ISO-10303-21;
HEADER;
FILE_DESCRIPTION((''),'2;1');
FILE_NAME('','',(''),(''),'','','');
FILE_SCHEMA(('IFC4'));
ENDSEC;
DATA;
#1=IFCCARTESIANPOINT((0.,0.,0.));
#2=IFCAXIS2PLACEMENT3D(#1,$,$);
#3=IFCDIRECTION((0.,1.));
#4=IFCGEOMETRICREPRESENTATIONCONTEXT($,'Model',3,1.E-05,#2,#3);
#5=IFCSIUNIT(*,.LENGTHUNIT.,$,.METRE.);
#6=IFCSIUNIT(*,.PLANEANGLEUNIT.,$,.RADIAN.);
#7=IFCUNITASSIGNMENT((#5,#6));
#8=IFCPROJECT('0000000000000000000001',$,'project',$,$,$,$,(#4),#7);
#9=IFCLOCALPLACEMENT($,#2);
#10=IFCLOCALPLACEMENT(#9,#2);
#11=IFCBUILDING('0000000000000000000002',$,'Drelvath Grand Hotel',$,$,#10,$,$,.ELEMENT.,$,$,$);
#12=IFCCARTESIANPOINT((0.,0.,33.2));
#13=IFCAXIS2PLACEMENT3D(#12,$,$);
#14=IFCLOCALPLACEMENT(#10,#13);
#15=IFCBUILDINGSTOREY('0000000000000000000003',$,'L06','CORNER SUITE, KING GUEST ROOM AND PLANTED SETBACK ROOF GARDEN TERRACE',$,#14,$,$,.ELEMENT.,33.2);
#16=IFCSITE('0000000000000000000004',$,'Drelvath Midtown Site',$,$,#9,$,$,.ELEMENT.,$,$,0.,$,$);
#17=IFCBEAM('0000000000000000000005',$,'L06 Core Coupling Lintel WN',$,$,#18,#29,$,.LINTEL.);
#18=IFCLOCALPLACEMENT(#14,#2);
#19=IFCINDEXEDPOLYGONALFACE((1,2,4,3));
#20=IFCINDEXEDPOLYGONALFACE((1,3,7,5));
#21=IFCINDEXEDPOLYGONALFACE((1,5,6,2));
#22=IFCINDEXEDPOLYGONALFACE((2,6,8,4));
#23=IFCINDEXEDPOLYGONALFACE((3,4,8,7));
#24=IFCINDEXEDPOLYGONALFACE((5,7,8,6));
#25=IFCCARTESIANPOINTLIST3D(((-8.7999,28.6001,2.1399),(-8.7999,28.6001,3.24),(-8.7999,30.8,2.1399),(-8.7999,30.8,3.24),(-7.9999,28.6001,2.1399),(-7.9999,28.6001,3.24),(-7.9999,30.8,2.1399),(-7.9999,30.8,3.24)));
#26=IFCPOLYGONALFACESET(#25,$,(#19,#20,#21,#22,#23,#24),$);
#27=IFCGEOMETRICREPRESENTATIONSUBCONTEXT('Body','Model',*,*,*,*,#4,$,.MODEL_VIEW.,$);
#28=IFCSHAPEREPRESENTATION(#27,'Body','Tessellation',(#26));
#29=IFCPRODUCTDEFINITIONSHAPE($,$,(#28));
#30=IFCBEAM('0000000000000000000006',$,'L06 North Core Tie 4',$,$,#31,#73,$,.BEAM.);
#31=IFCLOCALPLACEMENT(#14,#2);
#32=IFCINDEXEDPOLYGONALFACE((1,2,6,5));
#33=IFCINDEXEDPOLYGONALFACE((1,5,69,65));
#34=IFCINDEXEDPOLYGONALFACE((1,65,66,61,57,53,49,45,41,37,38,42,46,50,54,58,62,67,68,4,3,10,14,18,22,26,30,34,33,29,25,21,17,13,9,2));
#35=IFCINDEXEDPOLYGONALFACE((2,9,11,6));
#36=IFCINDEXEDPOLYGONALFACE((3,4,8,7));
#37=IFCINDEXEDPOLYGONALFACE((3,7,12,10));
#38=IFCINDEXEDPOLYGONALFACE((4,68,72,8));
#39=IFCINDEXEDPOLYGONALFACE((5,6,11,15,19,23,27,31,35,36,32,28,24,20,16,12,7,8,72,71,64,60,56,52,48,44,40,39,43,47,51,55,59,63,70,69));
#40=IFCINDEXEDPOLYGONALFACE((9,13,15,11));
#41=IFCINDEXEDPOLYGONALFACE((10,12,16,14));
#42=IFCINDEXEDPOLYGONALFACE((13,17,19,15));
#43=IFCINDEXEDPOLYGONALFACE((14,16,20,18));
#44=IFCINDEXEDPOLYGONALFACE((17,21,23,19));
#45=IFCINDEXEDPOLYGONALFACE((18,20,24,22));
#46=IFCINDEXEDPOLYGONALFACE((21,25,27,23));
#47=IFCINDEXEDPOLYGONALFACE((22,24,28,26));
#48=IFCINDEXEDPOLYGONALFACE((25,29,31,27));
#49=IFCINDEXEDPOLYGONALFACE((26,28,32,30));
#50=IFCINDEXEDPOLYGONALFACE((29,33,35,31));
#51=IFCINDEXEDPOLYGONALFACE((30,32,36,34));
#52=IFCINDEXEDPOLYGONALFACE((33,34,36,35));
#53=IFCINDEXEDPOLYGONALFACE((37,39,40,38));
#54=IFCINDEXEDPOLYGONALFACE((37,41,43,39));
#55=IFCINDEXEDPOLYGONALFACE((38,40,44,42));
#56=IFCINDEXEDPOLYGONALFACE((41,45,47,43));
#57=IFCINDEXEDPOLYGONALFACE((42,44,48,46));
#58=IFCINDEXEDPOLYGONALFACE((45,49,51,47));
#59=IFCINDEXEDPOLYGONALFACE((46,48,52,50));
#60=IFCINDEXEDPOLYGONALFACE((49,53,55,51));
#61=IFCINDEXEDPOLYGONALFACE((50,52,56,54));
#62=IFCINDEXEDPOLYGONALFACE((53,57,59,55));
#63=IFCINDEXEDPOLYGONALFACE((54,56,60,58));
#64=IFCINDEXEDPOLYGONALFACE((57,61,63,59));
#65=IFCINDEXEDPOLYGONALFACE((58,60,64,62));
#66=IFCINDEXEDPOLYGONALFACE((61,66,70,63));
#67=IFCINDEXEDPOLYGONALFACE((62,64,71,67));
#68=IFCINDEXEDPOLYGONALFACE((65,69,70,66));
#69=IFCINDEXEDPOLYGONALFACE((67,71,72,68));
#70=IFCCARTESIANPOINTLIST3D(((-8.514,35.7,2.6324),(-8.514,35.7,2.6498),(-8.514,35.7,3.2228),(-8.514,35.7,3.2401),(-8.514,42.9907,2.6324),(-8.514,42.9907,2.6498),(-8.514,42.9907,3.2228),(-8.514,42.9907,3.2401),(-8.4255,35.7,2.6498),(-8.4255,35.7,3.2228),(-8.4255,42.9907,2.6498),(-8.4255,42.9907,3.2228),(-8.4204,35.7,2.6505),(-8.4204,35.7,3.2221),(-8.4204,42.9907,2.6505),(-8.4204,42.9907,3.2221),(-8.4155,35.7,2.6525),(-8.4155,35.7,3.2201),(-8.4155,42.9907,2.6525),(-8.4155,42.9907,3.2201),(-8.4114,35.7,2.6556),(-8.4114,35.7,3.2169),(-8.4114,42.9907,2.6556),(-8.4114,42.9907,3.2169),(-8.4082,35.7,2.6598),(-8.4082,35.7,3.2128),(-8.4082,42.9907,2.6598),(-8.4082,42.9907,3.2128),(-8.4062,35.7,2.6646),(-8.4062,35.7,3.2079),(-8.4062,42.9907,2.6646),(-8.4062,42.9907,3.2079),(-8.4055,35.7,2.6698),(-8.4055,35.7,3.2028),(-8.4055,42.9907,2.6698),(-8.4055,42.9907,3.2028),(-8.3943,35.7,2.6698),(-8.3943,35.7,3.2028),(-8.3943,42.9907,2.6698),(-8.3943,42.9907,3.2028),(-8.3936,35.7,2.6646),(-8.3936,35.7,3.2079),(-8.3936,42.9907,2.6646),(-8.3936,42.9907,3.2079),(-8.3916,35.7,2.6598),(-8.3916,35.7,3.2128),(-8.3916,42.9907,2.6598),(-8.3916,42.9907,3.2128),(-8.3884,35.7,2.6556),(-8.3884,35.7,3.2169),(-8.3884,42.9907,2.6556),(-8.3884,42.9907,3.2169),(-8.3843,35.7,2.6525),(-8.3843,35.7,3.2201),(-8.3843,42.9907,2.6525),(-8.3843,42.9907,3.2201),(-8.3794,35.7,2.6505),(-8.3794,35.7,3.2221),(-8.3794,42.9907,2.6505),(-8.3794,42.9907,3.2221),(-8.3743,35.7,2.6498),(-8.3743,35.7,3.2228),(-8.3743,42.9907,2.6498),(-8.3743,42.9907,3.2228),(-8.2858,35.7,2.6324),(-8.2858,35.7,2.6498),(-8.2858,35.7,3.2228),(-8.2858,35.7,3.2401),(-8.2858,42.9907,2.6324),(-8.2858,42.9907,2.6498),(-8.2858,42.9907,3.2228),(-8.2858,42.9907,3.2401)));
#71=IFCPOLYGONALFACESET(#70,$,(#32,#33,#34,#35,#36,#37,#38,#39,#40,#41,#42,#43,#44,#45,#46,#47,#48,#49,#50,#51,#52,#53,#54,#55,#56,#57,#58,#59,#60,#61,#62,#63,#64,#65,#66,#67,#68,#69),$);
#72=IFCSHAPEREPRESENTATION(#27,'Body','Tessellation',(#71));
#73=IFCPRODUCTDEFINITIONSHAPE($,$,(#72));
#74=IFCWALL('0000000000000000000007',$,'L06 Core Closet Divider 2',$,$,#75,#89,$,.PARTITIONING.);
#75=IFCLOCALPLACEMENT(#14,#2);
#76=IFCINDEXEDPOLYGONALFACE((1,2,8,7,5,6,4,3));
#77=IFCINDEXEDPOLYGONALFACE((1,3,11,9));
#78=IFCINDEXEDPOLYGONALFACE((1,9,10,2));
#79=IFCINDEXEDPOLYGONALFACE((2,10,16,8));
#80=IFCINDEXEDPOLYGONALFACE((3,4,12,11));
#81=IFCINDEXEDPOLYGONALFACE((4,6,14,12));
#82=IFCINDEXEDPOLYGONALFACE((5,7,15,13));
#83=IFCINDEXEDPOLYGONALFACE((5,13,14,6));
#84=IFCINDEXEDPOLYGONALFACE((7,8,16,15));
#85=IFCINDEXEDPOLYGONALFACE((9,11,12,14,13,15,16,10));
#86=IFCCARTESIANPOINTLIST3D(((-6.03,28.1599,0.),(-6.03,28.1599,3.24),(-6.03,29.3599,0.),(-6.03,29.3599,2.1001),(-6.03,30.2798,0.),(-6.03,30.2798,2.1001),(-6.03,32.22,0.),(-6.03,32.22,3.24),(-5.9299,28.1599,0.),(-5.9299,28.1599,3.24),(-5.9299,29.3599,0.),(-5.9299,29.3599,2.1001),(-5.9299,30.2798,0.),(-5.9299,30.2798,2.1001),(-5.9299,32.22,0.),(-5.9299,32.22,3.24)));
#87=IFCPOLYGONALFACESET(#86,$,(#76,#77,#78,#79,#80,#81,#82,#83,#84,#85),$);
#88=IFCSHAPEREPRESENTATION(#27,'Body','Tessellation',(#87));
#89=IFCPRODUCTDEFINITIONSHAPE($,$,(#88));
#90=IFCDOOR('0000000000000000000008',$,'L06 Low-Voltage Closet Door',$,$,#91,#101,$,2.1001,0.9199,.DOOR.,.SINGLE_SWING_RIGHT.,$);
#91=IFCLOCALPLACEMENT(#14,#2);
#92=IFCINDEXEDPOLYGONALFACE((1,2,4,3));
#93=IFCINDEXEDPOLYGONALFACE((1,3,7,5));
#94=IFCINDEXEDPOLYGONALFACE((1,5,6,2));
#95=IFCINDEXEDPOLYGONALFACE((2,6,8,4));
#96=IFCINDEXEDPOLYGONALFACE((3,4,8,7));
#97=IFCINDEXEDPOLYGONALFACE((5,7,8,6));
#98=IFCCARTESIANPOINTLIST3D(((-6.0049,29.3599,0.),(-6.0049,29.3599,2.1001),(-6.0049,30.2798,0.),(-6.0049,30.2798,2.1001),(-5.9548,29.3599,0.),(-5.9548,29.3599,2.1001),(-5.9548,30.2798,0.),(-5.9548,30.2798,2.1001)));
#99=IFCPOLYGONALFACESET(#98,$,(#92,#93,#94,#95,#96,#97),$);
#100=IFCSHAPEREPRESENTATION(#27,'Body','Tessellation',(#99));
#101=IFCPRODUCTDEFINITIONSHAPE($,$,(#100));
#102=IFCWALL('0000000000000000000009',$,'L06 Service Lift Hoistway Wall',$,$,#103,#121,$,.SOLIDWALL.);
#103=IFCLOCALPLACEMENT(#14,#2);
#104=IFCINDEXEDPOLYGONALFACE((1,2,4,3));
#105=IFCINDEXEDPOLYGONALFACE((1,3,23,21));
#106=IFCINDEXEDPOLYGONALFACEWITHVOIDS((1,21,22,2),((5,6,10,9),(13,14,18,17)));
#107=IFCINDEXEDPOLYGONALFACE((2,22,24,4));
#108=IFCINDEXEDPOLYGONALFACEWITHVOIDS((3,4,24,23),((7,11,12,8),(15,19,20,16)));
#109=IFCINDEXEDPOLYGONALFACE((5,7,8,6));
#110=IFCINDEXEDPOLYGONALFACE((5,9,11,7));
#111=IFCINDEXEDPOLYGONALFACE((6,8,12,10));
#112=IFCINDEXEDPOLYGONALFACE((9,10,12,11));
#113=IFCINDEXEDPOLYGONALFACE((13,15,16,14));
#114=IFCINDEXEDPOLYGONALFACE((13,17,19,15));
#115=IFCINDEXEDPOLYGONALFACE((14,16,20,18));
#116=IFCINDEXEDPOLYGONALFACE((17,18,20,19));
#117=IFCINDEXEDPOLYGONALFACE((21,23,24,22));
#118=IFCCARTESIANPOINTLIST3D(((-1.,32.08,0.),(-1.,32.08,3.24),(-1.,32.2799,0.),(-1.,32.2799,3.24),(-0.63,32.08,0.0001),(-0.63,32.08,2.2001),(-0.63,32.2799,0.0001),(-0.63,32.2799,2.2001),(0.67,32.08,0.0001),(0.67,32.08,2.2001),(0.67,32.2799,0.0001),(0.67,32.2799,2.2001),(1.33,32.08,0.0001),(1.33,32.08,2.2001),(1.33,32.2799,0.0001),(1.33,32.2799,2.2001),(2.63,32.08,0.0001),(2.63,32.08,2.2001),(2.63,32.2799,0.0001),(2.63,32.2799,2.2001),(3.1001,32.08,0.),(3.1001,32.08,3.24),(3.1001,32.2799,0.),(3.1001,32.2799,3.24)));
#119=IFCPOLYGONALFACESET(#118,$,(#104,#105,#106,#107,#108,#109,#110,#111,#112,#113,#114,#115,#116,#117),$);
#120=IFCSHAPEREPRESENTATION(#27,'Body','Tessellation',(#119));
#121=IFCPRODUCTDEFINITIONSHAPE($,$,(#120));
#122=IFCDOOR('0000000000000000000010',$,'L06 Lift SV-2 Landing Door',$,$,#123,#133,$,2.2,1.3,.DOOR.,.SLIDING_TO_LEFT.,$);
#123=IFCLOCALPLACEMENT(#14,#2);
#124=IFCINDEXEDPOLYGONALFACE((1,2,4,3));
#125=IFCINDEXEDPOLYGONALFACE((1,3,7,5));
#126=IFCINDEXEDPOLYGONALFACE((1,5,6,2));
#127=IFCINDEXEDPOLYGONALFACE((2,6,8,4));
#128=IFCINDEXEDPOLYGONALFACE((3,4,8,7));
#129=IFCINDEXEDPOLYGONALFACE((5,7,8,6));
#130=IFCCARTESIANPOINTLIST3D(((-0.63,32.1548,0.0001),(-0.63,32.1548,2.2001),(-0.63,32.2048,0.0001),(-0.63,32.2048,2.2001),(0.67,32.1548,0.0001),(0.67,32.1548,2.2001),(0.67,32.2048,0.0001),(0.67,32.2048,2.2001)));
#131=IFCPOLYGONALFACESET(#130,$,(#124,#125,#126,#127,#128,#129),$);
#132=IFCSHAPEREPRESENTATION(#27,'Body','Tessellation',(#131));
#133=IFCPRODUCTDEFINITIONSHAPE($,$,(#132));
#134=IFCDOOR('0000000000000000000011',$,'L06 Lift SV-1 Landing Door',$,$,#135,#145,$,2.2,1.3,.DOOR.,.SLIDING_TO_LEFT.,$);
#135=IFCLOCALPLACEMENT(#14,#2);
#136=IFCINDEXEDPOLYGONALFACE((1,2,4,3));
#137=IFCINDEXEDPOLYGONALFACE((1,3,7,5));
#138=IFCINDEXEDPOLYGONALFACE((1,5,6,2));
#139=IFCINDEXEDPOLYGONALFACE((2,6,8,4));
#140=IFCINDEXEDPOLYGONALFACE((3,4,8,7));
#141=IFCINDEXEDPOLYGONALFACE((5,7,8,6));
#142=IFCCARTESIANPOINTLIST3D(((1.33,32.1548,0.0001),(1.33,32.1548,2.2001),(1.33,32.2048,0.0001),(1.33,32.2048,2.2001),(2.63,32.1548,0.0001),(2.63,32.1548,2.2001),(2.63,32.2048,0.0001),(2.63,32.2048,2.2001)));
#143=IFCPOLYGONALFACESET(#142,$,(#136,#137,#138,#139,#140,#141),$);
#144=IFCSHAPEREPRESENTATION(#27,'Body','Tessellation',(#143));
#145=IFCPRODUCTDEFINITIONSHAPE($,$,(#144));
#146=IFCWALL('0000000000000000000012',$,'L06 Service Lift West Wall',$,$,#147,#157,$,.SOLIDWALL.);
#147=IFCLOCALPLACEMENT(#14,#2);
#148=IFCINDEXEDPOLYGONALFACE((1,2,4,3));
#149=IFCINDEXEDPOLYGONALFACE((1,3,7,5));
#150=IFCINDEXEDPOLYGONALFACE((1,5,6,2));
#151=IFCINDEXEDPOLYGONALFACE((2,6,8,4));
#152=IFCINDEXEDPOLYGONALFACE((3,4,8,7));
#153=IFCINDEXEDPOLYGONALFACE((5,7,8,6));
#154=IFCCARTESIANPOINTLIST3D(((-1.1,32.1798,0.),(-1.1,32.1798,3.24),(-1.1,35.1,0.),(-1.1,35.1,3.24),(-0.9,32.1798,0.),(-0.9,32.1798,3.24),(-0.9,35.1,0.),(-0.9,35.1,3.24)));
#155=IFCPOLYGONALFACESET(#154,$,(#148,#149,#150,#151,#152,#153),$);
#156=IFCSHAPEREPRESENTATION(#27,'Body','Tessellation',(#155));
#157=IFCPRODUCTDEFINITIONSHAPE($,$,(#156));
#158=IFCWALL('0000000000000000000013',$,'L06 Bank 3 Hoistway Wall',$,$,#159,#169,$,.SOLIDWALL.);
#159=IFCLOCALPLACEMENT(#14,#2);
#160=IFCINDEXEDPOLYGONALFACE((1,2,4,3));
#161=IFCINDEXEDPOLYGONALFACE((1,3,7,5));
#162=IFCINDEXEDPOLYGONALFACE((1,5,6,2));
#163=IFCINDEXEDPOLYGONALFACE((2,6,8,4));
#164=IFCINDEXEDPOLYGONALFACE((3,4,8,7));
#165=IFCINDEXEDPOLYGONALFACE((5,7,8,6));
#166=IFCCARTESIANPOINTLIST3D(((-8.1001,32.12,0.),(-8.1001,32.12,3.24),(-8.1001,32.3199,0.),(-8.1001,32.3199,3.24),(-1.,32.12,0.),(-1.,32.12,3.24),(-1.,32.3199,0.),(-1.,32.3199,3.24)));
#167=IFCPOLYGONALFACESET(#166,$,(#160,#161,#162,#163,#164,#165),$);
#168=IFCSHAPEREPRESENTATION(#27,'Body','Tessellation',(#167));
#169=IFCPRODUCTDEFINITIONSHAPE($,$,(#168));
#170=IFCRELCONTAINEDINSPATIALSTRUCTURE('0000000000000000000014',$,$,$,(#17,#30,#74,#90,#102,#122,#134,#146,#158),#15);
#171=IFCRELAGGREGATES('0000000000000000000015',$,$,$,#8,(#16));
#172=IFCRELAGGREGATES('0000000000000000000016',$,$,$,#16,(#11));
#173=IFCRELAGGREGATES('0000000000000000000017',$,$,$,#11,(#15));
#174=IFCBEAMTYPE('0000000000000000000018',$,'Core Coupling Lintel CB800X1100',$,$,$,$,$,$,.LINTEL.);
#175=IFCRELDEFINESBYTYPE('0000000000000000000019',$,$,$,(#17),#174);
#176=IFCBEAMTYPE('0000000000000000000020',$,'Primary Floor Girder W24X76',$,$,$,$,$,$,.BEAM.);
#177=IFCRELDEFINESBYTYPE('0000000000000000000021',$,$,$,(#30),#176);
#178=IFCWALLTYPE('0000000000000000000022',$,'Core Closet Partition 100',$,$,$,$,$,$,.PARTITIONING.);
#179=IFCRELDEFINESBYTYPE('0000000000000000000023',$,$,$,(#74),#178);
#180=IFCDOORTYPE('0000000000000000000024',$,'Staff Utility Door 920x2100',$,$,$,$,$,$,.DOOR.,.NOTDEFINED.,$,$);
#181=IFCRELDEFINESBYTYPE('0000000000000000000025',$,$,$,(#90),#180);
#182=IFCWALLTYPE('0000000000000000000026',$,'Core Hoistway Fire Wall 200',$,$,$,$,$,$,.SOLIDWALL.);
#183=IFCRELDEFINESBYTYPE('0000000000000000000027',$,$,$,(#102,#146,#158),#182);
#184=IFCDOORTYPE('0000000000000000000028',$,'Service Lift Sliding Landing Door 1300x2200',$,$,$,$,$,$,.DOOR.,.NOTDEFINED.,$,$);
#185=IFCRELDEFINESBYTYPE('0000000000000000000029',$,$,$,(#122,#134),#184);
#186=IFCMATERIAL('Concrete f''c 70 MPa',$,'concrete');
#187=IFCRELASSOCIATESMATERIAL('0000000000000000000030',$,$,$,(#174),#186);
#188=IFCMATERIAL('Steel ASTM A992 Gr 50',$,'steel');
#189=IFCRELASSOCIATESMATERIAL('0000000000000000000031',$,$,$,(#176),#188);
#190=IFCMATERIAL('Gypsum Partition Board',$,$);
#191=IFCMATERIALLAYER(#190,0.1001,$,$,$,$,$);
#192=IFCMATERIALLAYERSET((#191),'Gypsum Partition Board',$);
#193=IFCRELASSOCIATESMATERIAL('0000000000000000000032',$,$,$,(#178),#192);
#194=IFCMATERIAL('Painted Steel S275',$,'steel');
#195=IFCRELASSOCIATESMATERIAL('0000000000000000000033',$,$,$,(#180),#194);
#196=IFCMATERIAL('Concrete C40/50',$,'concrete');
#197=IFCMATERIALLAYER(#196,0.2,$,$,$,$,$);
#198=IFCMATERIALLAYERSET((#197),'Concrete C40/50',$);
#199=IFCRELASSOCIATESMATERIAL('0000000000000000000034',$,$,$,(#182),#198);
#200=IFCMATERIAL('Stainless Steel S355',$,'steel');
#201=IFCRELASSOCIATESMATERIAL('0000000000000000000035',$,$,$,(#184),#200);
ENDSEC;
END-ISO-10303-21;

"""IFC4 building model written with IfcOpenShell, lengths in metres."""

from ifc_helpers import new_model, si_unit, direction, frame, frame_2d, origin, origin_2d, place, context, subcontext, project, spatial, rectangle, i_section, extrude, material, layer, layer_set, material_profile, profile_set, type_object, element, fill, save


model = new_model("IFC4")

# Units and contexts
model_context = context("Model", 3, precision=1e-05, world=origin(), true_north=direction((0.0, 1.0)))
body_context = subcontext(model_context, "Body", "Model", "MODEL_VIEW")
ifc_project = project(units=[si_unit("LENGTHUNIT", "METRE"), si_unit("PLANEANGLEUNIT", "RADIAN")], contexts=[model_context])

# Site, building, storey
site_placement = place(None, origin())
site = spatial("IfcSite", under=ifc_project, at=site_placement, Name="Drelvath Midtown Site", CompositionType="ELEMENT", RefElevation=0.0)
building_placement = place(site_placement, origin())
building = spatial("IfcBuilding", under=site, at=building_placement, Name="Drelvath Grand Hotel", CompositionType="ELEMENT")
storey_placement = place(building_placement, frame((0.0, 0.0, 33.2)))
storey = spatial("IfcBuildingStorey", under=building, at=storey_placement, Name="L06", Description="CORNER SUITE, KING GUEST ROOM AND PLANTED SETBACK ROOF GARDEN TERRACE", CompositionType="ELEMENT", Elevation=33.2)

# Beams
ifc_material_1 = material(Name="Concrete f'c 70 MPa", Category="concrete")
ifc_material_profile_1 = material_profile(ifc_material_1, rectangle(XDim=0.8, YDim=1.1001, at=origin_2d()), Name="CB800X1100")
ifc_profile_set_1 = profile_set([ifc_material_profile_1], Name="Concrete f'c 70 MPa")
beam_type_1 = type_object("IfcBeamType", Name="Core Coupling Lintel CB800X1100", PredefinedType="LINTEL", material=ifc_profile_set_1)
beam_1_placement = place(storey_placement, frame((-8.3999, 28.6001, 2.6899), z_axis=(0.0, 1.0, 0.0), x_axis=(-1.0, 0.0, 0.0)))
element("IfcBeam", 1, at=beam_1_placement, inside=storey, type_object=beam_type_1, Name="L06 Core Coupling Lintel WN", PredefinedType="LINTEL", context=body_context, shape_type="SweptSolid", body=[
    extrude(rectangle(XDim=0.8, YDim=1.1001, at=origin_2d()), origin(), (0.0, 0.0, 1.0), 2.2),
])
ifc_material_2 = material(Name="Steel ASTM A992 Gr 50", Category="steel")
ifc_material_profile_2 = material_profile(ifc_material_2, i_section(OverallWidth=0.2283, OverallDepth=0.6077, WebThickness=0.0112, FlangeThickness=0.0173, FilletRadius=0.02, at=origin_2d()), Name="W24X76")
ifc_profile_set_2 = profile_set([ifc_material_profile_2], Name="Steel ASTM A992 Gr 50")
beam_type_2 = type_object("IfcBeamType", Name="Primary Floor Girder W24X76", PredefinedType="BEAM", material=ifc_profile_set_2)
beam_2_placement = place(storey_placement, frame((-8.3999, 35.7, 2.9363), z_axis=(0.0, 1.0, 0.0), x_axis=(-1.0, 0.0, 0.0)))
element("IfcBeam", 2, at=beam_2_placement, inside=storey, type_object=beam_type_2, Name="L06 North Core Tie 4", PredefinedType="BEAM", context=body_context, shape_type="SweptSolid", body=[
    extrude(i_section(OverallWidth=0.2283, OverallDepth=0.6077, WebThickness=0.0112, FlangeThickness=0.0173, FilletRadius=0.02, at=origin_2d()), origin(), (0.0, 0.0, 1.0), 7.2908),
])

# Wall, opening, door
ifc_material_3 = material(Name="Gypsum Partition Board")
ifc_layer_1 = layer(ifc_material_3, 0.1001)
ifc_layer_set_1 = layer_set([ifc_layer_1], Name="Gypsum Partition Board")
wall_type_1 = type_object("IfcWallType", Name="Core Closet Partition 100", PredefinedType="PARTITIONING", material=ifc_layer_set_1)
wall_1_placement = place(storey_placement, frame((-5.98, 28.1599, 0.0), z_axis=(0.0, 0.0, 1.0), x_axis=(0.0, 1.0, 0.0)))
wall_1 = element("IfcWall", 3, at=wall_1_placement, inside=storey, type_object=wall_type_1, Name="L06 Core Closet Divider 2", PredefinedType="PARTITIONING", context=body_context, shape_type="SweptSolid", body=[
    extrude(rectangle(XDim=4.0601, YDim=0.1001, at=frame_2d((2.03, 0.0))), origin(), (0.0, 0.0, 1.0), 3.24),
])
opening_1_placement = place(wall_1_placement, frame((1.2, 0.0, 0.0)))
opening_1 = element("IfcOpeningElement", 4, at=opening_1_placement, cuts=wall_1, PredefinedType="OPENING", context=body_context, shape_type="SweptSolid", body=[
    extrude(rectangle(XDim=0.9199, YDim=2.1001, at=frame_2d((0.46, 1.05))), frame((0.0, 0.0601, 0.0), z_axis=(0.0, -1.0, 0.0), x_axis=(1.0, 0.0, 0.0)), (0.0, 0.0, 1.0), 0.1201),
])
ifc_material_4 = material(Name="Painted Steel S275", Category="steel")
door_type_1 = type_object("IfcDoorType", Name="Staff Utility Door 920x2100", OperationType="NOTDEFINED", PredefinedType="DOOR", material=ifc_material_4)
door_1_placement = place(opening_1_placement, origin())
door_1 = element("IfcDoor", 5, at=door_1_placement, inside=storey, type_object=door_type_1, Name="L06 Low-Voltage Closet Door", OperationType="SINGLE_SWING_RIGHT", OverallHeight=2.1001, OverallWidth=0.9199, PredefinedType="DOOR", context=body_context, shape_type="SweptSolid", body=[
    extrude(rectangle(XDim=0.9199, YDim=2.1001, at=frame_2d((0.46, 1.05))), frame((0.0, 0.0249, 0.0), z_axis=(0.0, -1.0, 0.0), x_axis=(1.0, 0.0, 0.0)), (0.0, 0.0, 1.0), 0.05),
])
fill(opening_1, door_1)

# Wall, openings, doors
ifc_material_5 = material(Name="Concrete C40/50", Category="concrete")
ifc_layer_2 = layer(ifc_material_5, 0.2)
ifc_layer_set_2 = layer_set([ifc_layer_2], Name="Concrete C40/50")
wall_type_2 = type_object("IfcWallType", Name="Core Hoistway Fire Wall 200", PredefinedType="SOLIDWALL", material=ifc_layer_set_2)
wall_2_placement = place(storey_placement, frame((-1.0, 32.1799, 0.0), z_axis=(0.0, 0.0, 1.0), x_axis=(1.0, 0.0, 0.0)))
wall_2 = element("IfcWall", 6, at=wall_2_placement, inside=storey, type_object=wall_type_2, Name="L06 Service Lift Hoistway Wall", PredefinedType="SOLIDWALL", context=body_context, shape_type="SweptSolid", body=[
    extrude(rectangle(XDim=4.1001, YDim=0.2, at=frame_2d((2.05, 0.0))), origin(), (0.0, 0.0, 1.0), 3.24),
])
opening_2_placement = place(wall_2_placement, frame((0.3701, 0.0, 0.0)))
opening_2 = element("IfcOpeningElement", 7, at=opening_2_placement, cuts=wall_2, PredefinedType="OPENING", context=body_context, shape_type="SweptSolid", body=[
    extrude(rectangle(XDim=1.3, YDim=2.2, at=frame_2d((0.6499, 1.1001))), frame((0.0, 0.1099, 0.0), z_axis=(0.0, -1.0, 0.0), x_axis=(1.0, 0.0, 0.0)), (0.0, 0.0, 1.0), 0.22),
])
opening_3_placement = place(wall_2_placement, frame((2.3301, 0.0, 0.0)))
opening_3 = element("IfcOpeningElement", 8, at=opening_3_placement, cuts=wall_2, PredefinedType="OPENING", context=body_context, shape_type="SweptSolid", body=[
    extrude(rectangle(XDim=1.3, YDim=2.2, at=frame_2d((0.6499, 1.1001))), frame((0.0, 0.1099, 0.0), z_axis=(0.0, -1.0, 0.0), x_axis=(1.0, 0.0, 0.0)), (0.0, 0.0, 1.0), 0.22),
])
ifc_material_6 = material(Name="Stainless Steel S355", Category="steel")
door_type_2 = type_object("IfcDoorType", Name="Service Lift Sliding Landing Door 1300x2200", OperationType="NOTDEFINED", PredefinedType="DOOR", material=ifc_material_6)
door_2_placement = place(opening_2_placement, origin())
door_2 = element("IfcDoor", 9, at=door_2_placement, inside=storey, type_object=door_type_2, Name="L06 Lift SV-2 Landing Door", OperationType="SLIDING_TO_LEFT", OverallHeight=2.2, OverallWidth=1.3, PredefinedType="DOOR", context=body_context, shape_type="SweptSolid", body=[
    extrude(rectangle(XDim=1.3, YDim=2.2, at=frame_2d((0.6499, 1.1001))), frame((0.0, 0.0249, 0.0), z_axis=(0.0, -1.0, 0.0), x_axis=(1.0, 0.0, 0.0)), (0.0, 0.0, 1.0), 0.05),
])
fill(opening_2, door_2)
door_3_placement = place(opening_3_placement, origin())
door_3 = element("IfcDoor", 10, at=door_3_placement, inside=storey, type_object=door_type_2, Name="L06 Lift SV-1 Landing Door", OperationType="SLIDING_TO_LEFT", OverallHeight=2.2, OverallWidth=1.3, PredefinedType="DOOR", context=body_context, shape_type="SweptSolid", body=[
    extrude(rectangle(XDim=1.3, YDim=2.2, at=frame_2d((0.6499, 1.1001))), frame((0.0, 0.0249, 0.0), z_axis=(0.0, -1.0, 0.0), x_axis=(1.0, 0.0, 0.0)), (0.0, 0.0, 1.0), 0.05),
])
fill(opening_3, door_3)

# Walls
wall_3_placement = place(storey_placement, frame((-1.0, 32.1799, 0.0), z_axis=(0.0, 0.0, 1.0), x_axis=(0.0, 1.0, 0.0)))
element("IfcWall", 11, at=wall_3_placement, inside=storey, type_object=wall_type_2, Name="L06 Service Lift West Wall", PredefinedType="SOLIDWALL", context=body_context, shape_type="SweptSolid", body=[
    extrude(rectangle(XDim=2.9202, YDim=0.2, at=frame_2d((1.46, 0.0))), origin(), (0.0, 0.0, 1.0), 3.24),
])
wall_4_placement = place(storey_placement, frame((-8.1001, 32.22, 0.0), z_axis=(0.0, 0.0, 1.0), x_axis=(1.0, 0.0, 0.0)))
element("IfcWall", 12, at=wall_4_placement, inside=storey, type_object=wall_type_2, Name="L06 Bank 3 Hoistway Wall", PredefinedType="SOLIDWALL", context=body_context, shape_type="SweptSolid", body=[
    extrude(rectangle(XDim=7.1001, YDim=0.2, at=frame_2d((3.55, 0.0))), origin(), (0.0, 0.0, 1.0), 3.24),
])

save(model, "model.ifc")
